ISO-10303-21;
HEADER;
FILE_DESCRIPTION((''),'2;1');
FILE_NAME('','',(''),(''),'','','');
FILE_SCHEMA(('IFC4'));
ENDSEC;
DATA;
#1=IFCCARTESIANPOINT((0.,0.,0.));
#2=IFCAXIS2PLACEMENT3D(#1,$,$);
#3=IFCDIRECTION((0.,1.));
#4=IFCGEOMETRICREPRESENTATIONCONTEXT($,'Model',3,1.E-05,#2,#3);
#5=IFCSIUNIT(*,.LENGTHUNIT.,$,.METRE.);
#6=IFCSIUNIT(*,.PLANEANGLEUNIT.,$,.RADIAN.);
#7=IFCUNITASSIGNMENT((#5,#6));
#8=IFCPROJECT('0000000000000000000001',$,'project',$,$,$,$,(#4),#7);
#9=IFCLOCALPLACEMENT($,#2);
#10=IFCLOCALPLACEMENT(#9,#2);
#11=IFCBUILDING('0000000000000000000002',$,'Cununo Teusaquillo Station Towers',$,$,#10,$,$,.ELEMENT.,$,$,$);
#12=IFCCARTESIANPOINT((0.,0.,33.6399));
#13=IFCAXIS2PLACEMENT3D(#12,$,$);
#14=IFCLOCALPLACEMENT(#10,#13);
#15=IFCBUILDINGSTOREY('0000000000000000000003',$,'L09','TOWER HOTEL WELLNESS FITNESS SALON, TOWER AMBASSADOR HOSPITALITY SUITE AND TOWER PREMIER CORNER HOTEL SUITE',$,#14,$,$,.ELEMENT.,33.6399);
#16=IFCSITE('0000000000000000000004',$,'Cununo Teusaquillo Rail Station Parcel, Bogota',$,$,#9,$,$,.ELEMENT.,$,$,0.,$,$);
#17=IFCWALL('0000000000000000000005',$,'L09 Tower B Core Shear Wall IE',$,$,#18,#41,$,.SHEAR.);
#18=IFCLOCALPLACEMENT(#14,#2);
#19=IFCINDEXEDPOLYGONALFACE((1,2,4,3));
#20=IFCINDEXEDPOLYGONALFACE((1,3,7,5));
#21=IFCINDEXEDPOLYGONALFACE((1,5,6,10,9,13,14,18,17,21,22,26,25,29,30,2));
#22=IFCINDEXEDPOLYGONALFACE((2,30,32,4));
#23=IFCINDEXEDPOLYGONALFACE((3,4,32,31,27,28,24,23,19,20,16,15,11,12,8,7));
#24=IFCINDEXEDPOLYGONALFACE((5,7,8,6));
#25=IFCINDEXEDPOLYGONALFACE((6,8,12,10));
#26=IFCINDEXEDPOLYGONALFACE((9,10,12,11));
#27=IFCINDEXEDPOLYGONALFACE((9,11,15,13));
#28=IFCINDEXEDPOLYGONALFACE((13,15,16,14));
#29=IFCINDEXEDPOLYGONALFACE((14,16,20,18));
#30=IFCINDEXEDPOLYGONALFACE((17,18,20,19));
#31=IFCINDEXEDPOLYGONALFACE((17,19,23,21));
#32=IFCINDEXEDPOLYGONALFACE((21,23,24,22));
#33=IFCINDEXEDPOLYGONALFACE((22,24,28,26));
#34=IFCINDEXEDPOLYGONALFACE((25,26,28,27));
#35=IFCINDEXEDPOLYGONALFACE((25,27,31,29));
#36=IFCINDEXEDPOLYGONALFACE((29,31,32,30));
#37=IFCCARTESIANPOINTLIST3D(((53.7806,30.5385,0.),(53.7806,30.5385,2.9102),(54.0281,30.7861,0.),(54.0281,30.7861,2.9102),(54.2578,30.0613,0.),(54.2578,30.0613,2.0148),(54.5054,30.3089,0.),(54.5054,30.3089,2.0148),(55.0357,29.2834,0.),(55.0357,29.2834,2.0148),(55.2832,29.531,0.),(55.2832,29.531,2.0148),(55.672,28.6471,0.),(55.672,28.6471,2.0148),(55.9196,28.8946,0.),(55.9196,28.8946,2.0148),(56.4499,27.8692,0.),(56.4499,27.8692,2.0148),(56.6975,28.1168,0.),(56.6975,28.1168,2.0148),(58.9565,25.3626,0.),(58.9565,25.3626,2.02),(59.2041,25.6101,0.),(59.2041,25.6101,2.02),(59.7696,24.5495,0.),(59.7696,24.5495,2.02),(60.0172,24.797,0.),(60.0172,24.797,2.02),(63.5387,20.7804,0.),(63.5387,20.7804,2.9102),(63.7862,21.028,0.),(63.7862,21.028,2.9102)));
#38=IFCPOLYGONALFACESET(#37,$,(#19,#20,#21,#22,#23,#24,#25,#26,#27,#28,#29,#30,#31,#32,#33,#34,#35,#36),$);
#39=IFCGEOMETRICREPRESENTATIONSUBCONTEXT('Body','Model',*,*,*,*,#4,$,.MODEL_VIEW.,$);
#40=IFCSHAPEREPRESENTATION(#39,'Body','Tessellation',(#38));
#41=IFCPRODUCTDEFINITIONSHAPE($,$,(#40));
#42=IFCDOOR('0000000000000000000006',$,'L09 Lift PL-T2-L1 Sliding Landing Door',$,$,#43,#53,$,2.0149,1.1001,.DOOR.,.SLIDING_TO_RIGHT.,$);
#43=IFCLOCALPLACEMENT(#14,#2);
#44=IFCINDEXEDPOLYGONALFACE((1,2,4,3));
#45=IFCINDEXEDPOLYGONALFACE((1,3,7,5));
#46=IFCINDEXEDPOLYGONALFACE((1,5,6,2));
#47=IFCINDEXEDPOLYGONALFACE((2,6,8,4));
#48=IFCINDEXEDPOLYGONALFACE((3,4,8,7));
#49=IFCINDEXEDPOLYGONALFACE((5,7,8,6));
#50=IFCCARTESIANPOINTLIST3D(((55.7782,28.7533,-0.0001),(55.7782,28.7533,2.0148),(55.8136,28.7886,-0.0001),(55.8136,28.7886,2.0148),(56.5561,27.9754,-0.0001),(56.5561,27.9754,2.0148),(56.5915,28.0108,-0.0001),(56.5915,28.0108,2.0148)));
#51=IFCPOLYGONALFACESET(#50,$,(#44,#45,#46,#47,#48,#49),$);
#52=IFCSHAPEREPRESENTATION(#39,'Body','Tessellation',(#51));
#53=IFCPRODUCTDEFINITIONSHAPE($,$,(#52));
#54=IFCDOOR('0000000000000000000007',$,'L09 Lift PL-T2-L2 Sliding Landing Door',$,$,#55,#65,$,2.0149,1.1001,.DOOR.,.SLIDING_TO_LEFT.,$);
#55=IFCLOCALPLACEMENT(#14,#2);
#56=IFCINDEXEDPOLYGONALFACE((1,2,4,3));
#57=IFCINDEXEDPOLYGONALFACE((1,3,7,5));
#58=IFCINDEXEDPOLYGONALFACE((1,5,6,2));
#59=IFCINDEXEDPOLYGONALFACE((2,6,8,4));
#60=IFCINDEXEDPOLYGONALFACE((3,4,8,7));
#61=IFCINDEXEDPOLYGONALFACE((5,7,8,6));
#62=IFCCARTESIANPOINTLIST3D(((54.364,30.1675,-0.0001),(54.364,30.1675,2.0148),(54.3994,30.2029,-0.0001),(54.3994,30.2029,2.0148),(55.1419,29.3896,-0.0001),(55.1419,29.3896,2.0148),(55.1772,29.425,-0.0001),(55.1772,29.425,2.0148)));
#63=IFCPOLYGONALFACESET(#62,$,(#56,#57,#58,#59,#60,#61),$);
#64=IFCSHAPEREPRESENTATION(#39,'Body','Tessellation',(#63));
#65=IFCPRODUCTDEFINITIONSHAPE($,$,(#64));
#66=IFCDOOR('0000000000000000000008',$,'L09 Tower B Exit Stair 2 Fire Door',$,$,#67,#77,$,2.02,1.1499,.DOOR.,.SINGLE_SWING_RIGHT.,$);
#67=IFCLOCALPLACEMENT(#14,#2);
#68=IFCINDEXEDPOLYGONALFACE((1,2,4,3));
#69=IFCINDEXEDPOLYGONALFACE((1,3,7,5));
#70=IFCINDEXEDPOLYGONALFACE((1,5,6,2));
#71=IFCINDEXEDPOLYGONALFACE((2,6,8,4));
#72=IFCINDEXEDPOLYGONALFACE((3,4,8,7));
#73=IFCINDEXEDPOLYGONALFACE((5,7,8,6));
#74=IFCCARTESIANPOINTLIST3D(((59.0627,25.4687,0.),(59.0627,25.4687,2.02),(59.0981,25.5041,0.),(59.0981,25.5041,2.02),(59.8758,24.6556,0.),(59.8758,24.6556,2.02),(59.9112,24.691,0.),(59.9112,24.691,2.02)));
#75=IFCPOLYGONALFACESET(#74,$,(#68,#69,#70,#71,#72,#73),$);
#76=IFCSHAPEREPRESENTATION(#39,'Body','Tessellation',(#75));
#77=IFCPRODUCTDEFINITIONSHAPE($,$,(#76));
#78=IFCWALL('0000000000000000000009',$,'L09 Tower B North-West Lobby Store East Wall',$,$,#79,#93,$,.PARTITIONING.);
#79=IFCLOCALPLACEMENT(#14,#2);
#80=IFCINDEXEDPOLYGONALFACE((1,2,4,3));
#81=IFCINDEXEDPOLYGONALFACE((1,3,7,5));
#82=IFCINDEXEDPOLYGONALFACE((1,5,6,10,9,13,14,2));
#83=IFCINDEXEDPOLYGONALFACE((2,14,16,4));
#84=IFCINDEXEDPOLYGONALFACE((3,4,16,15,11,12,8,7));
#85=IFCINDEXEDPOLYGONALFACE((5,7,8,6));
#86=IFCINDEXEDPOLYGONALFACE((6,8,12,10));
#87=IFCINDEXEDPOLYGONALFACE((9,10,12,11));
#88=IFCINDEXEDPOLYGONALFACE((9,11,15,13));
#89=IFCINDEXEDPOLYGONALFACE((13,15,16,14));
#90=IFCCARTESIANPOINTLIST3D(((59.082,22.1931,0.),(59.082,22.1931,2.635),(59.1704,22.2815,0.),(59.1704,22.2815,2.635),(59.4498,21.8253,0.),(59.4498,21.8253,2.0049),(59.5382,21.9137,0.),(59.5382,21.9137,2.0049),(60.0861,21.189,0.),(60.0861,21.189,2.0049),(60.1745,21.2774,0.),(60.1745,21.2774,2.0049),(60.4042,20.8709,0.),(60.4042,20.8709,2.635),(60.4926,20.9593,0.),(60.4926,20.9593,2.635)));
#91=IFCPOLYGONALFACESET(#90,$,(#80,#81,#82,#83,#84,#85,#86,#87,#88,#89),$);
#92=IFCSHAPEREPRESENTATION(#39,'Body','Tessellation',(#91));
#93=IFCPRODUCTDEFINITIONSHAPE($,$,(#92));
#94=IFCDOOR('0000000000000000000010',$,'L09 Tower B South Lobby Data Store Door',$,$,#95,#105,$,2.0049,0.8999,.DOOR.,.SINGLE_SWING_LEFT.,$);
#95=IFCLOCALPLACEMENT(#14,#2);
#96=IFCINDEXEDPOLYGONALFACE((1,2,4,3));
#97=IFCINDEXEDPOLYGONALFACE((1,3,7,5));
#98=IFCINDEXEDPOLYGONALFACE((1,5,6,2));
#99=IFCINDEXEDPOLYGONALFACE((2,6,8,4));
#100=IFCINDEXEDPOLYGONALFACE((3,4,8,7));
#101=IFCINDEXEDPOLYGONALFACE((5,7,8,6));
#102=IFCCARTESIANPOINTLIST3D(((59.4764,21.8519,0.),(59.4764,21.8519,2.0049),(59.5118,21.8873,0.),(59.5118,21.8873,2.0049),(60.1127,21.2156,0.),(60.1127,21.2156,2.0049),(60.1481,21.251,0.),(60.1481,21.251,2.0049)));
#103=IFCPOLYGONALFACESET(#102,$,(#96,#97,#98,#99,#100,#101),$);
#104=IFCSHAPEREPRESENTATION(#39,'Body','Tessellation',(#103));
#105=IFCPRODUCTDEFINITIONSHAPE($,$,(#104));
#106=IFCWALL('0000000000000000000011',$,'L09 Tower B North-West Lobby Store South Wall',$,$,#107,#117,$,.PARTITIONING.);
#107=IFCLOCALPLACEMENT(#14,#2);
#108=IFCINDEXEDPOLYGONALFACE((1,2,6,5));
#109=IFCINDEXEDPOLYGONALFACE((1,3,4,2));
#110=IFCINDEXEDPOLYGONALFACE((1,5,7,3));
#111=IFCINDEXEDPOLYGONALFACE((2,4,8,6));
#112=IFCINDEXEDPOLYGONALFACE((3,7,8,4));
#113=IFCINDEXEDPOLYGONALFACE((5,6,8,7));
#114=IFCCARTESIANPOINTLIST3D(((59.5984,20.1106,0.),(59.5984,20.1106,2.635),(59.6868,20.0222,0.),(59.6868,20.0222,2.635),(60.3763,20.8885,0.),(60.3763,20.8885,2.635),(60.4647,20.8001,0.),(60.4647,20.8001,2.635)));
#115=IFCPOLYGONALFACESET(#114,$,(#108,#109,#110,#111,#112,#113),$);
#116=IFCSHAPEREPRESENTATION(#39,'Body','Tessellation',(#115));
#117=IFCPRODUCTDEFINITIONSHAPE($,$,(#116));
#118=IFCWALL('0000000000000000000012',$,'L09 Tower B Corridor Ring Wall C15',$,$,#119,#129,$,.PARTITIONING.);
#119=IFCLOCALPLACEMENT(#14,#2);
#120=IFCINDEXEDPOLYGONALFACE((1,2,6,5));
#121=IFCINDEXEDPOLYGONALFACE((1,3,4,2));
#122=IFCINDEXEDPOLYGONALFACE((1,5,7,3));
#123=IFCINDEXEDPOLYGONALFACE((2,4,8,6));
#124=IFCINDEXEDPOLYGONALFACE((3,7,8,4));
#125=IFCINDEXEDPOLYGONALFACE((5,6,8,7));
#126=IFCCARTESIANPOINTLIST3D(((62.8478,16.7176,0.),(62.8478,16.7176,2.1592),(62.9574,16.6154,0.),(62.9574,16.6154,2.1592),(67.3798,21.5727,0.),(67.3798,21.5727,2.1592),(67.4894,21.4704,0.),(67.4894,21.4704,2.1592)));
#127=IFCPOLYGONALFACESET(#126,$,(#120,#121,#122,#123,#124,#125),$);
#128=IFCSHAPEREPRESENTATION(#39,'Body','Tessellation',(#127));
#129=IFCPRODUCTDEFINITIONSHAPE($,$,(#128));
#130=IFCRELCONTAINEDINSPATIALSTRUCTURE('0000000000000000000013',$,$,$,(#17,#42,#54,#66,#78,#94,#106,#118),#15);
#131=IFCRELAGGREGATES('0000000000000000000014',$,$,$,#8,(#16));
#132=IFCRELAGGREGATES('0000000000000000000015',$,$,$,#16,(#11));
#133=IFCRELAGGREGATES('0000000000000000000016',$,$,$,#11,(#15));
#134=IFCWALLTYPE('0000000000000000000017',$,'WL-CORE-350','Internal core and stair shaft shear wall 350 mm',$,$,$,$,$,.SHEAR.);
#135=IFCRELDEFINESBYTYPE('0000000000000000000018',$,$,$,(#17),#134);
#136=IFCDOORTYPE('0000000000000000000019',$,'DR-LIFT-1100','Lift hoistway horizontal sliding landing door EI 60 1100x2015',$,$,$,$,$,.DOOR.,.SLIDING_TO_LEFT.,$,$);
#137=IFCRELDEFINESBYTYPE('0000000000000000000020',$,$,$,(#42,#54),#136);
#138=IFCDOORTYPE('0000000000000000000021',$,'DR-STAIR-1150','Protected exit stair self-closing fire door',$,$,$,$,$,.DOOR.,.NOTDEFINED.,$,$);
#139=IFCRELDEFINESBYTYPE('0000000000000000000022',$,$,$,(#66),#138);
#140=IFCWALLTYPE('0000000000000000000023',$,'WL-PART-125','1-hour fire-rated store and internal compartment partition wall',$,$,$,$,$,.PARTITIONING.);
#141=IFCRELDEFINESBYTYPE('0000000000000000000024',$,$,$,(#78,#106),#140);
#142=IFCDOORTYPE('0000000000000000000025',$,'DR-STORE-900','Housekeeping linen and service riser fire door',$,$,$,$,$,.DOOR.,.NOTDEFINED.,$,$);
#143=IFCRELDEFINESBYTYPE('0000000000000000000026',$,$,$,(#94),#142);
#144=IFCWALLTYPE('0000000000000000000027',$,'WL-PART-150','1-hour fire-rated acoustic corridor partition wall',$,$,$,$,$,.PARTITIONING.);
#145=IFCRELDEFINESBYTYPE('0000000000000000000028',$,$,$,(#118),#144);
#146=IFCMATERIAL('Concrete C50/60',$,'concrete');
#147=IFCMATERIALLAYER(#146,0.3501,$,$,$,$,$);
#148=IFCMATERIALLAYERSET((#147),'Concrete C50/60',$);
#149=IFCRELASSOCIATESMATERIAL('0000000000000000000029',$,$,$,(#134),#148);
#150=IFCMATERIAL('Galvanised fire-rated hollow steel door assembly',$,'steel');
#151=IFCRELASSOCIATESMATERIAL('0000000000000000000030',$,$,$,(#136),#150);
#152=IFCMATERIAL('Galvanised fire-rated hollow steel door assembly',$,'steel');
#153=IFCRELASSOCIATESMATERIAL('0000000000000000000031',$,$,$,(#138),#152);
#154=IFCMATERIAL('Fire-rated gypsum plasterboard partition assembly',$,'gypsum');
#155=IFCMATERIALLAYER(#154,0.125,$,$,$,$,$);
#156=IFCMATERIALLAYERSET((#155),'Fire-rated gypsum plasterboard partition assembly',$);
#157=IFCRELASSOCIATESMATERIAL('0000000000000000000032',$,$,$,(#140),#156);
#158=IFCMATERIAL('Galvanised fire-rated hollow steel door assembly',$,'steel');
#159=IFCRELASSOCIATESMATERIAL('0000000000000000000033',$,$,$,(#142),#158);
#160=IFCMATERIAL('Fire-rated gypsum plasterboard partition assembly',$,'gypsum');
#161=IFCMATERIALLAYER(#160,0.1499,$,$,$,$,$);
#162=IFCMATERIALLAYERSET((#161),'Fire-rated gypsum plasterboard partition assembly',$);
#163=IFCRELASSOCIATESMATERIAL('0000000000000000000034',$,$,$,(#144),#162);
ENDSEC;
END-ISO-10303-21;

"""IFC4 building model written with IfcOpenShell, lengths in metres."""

from ifc_helpers import new_model, si_unit, direction, frame, frame_2d, origin, place, context, subcontext, project, spatial, rectangle, extrude, source, transform, mapped, material, layer, layer_set, type_object, element, fill, save


model = new_model("IFC4")

# Units and contexts
model_context = context("Model", 3, precision=1e-05, world=origin(), true_north=direction((0.0, 1.0)))
body_context = subcontext(model_context, "Body", "Model", "MODEL_VIEW")
ifc_project = project(units=[si_unit("LENGTHUNIT", "METRE"), si_unit("PLANEANGLEUNIT", "RADIAN")], contexts=[model_context])

# Site, building, storey
site_placement = place(None, origin())
site = spatial("IfcSite", under=ifc_project, at=site_placement, Name="Cununo Teusaquillo Rail Station Parcel, Bogota", CompositionType="ELEMENT", RefElevation=0.0)
building_placement = place(site_placement, origin())
building = spatial("IfcBuilding", under=site, at=building_placement, Name="Cununo Teusaquillo Station Towers", CompositionType="ELEMENT")
storey_placement = place(building_placement, frame((0.0, 0.0, 33.6399)))
storey = spatial("IfcBuildingStorey", under=building, at=storey_placement, Name="L09", Description="TOWER HOTEL WELLNESS FITNESS SALON, TOWER AMBASSADOR HOSPITALITY SUITE AND TOWER PREMIER CORNER HOTEL SUITE", CompositionType="ELEMENT", Elevation=33.6399)

# Wall, openings, doors
ifc_material_1 = material(Name="Concrete C50/60", Category="concrete")
ifc_layer_1 = layer(ifc_material_1, 0.3501)
ifc_layer_set_1 = layer_set([ifc_layer_1], Name="Concrete C50/60")
wall_type_1 = type_object("IfcWallType", Name="WL-CORE-350", Description="Internal core and stair shaft shear wall 350 mm", PredefinedType="SHEAR", material=ifc_layer_set_1)
shared_shape_1 = source(origin(), body_context, "Body", "SweptSolid", [
    extrude(rectangle(XDim=1.1001, YDim=2.0149, at=frame_2d((0.55, 1.0073))), frame((0.0, 0.1851, 0.0), z_axis=(0.0, -1.0, 0.0), x_axis=(1.0, 0.0, 0.0)), (0.0, 0.0, 1.0), 0.3701),
])
shared_shape_2 = source(origin(), body_context, "Body", "SweptSolid", [
    extrude(rectangle(XDim=1.1499, YDim=2.02, at=frame_2d((0.575, 1.01))), frame((0.0, 0.1851, 0.0), z_axis=(0.0, -1.0, 0.0), x_axis=(1.0, 0.0, 0.0)), (0.0, 0.0, 1.0), 0.3701),
])
ifc_material_2 = material(Name="Galvanised fire-rated hollow steel door assembly", Category="steel")
door_type_1 = type_object("IfcDoorType", Name="DR-LIFT-1100", Description="Lift hoistway horizontal sliding landing door EI 60 1100x2015", OperationType="SLIDING_TO_LEFT", PredefinedType="DOOR", material=ifc_material_2)
shared_shape_3 = source(origin(), body_context, "Body", "SweptSolid", [
    extrude(rectangle(XDim=1.1001, YDim=2.0149, at=frame_2d((0.55, 1.0073))), frame((0.0, 0.0249, 0.0), z_axis=(0.0, -1.0, 0.0), x_axis=(1.0, 0.0, 0.0)), (0.0, 0.0, 1.0), 0.05),
])
ifc_material_3 = material(Name="Galvanised fire-rated hollow steel door assembly", Category="steel")
door_type_2 = type_object("IfcDoorType", Name="DR-STAIR-1150", Description="Protected exit stair self-closing fire door", OperationType="NOTDEFINED", PredefinedType="DOOR", material=ifc_material_3)
shared_shape_4 = source(origin(), body_context, "Body", "SweptSolid", [
    extrude(rectangle(XDim=1.1499, YDim=2.02, at=frame_2d((0.575, 1.01))), frame((0.0, 0.0249, 0.0), z_axis=(0.0, -1.0, 0.0), x_axis=(1.0, 0.0, 0.0)), (0.0, 0.0, 1.0), 0.05),
])
wall_1_placement = place(storey_placement, frame((63.6624, 20.9043, 0.0), z_axis=(0.0, 0.0, 1.0), x_axis=(-0.707107, 0.707107, 0.0)))
wall_1 = element("IfcWall", 1, at=wall_1_placement, inside=storey, type_object=wall_type_1, Name="L09 Tower B Core Shear Wall IE", PredefinedType="SHEAR", context=body_context, shape_type="SweptSolid", body=[
    extrude(rectangle(XDim=13.8, YDim=0.3501, at=frame_2d((6.8999, 0.0))), origin(), (0.0, 0.0, 1.0), 2.9102),
])
opening_1_placement = place(wall_1_placement, frame((10.0249, 0.0, 0.0)))
opening_1 = element("IfcOpeningElement", 2, at=opening_1_placement, cuts=wall_1, PredefinedType="OPENING", context=body_context, shape_type="MappedRepresentation", body=[
    mapped(shared_shape_1, transform((0.0, 0.0, 0.0), x_axis=(1.0, 0.0, 0.0), y_axis=(0.0, 1.0, 0.0), z_axis=(0.0, 0.0, 1.0), scale=1.0)),
])
opening_2_placement = place(wall_1_placement, frame((12.0249, 0.0, 0.0)))
opening_2 = element("IfcOpeningElement", 3, at=opening_2_placement, cuts=wall_1, PredefinedType="OPENING", context=body_context, shape_type="MappedRepresentation", body=[
    mapped(shared_shape_1, transform((0.0, 0.0, 0.0), x_axis=(1.0, 0.0, 0.0), y_axis=(0.0, 1.0, 0.0), z_axis=(0.0, 0.0, 1.0), scale=1.0)),
])
opening_3_placement = place(wall_1_placement, frame((5.3301, 0.0, 0.0)))
opening_3 = element("IfcOpeningElement", 4, at=opening_3_placement, cuts=wall_1, PredefinedType="OPENING", context=body_context, shape_type="MappedRepresentation", body=[
    mapped(shared_shape_2, transform((0.0, 0.0, 0.0), x_axis=(1.0, 0.0, 0.0), y_axis=(0.0, 1.0, 0.0), z_axis=(0.0, 0.0, 1.0), scale=1.0)),
])
door_1_placement = place(opening_1_placement, origin())
door_1 = element("IfcDoor", 5, at=door_1_placement, inside=storey, type_object=door_type_1, Name="L09 Lift PL-T2-L1 Sliding Landing Door", OperationType="SLIDING_TO_RIGHT", OverallHeight=2.0149, OverallWidth=1.1001, PredefinedType="DOOR", context=body_context, shape_type="MappedRepresentation", body=[
    mapped(shared_shape_3, transform((0.0, 0.0, 0.0), x_axis=(1.0, 0.0, 0.0), y_axis=(0.0, 1.0, 0.0), z_axis=(0.0, 0.0, 1.0), scale=1.0)),
])
fill(opening_1, door_1)
door_2_placement = place(opening_2_placement, origin())
door_2 = element("IfcDoor", 6, at=door_2_placement, inside=storey, type_object=door_type_1, Name="L09 Lift PL-T2-L2 Sliding Landing Door", OperationType="SLIDING_TO_LEFT", OverallHeight=2.0149, OverallWidth=1.1001, PredefinedType="DOOR", context=body_context, shape_type="MappedRepresentation", body=[
    mapped(shared_shape_3, transform((0.0, 0.0, 0.0), x_axis=(1.0, 0.0, 0.0), y_axis=(0.0, 1.0, 0.0), z_axis=(0.0, 0.0, 1.0), scale=1.0)),
])
fill(opening_2, door_2)
door_3_placement = place(opening_3_placement, origin())
door_3 = element("IfcDoor", 7, at=door_3_placement, inside=storey, type_object=door_type_2, Name="L09 Tower B Exit Stair 2 Fire Door", OperationType="SINGLE_SWING_RIGHT", OverallHeight=2.02, OverallWidth=1.1499, PredefinedType="DOOR", context=body_context, shape_type="MappedRepresentation", body=[
    mapped(shared_shape_4, transform((0.0, 0.0, 0.0), x_axis=(1.0, 0.0, 0.0), y_axis=(0.0, 1.0, 0.0), z_axis=(0.0, 0.0, 1.0), scale=1.0)),
])
fill(opening_3, door_3)

# Wall, opening, door
ifc_material_4 = material(Name="Fire-rated gypsum plasterboard partition assembly", Category="gypsum")
ifc_layer_2 = layer(ifc_material_4, 0.125)
ifc_layer_set_2 = layer_set([ifc_layer_2], Name="Fire-rated gypsum plasterboard partition assembly")
wall_type_2 = type_object("IfcWallType", Name="WL-PART-125", Description="1-hour fire-rated store and internal compartment partition wall", PredefinedType="PARTITIONING", material=ifc_layer_set_2)
wall_2_placement = place(storey_placement, frame((60.4485, 20.915, 0.0), z_axis=(0.0, 0.0, 1.0), x_axis=(-0.707107, 0.707107, 0.0)))
wall_2 = element("IfcWall", 8, at=wall_2_placement, inside=storey, type_object=wall_type_2, Name="L09 Tower B North-West Lobby Store East Wall", PredefinedType="PARTITIONING", context=body_context, shape_type="SweptSolid", body=[
    extrude(rectangle(XDim=1.8699, YDim=0.125, at=frame_2d((0.9351, 0.0))), origin(), (0.0, 0.0, 1.0), 2.635),
])
shared_shape_5 = source(origin(), body_context, "Body", "SweptSolid", [
    extrude(rectangle(XDim=0.8999, YDim=2.0049, at=frame_2d((0.45, 1.0024))), frame((0.0, 0.0725, 0.0), z_axis=(0.0, -1.0, 0.0), x_axis=(1.0, 0.0, 0.0)), (0.0, 0.0, 1.0), 0.145),
])
opening_4_placement = place(wall_2_placement, frame((0.45, 0.0, 0.0)))
opening_4 = element("IfcOpeningElement", 9, at=opening_4_placement, cuts=wall_2, PredefinedType="OPENING", context=body_context, shape_type="MappedRepresentation", body=[
    mapped(shared_shape_5, transform((0.0, 0.0, 0.0), x_axis=(1.0, 0.0, 0.0), y_axis=(0.0, 1.0, 0.0), z_axis=(0.0, 0.0, 1.0), scale=1.0)),
])
ifc_material_5 = material(Name="Galvanised fire-rated hollow steel door assembly", Category="steel")
door_type_3 = type_object("IfcDoorType", Name="DR-STORE-900", Description="Housekeeping linen and service riser fire door", OperationType="NOTDEFINED", PredefinedType="DOOR", material=ifc_material_5)
shared_shape_6 = source(origin(), body_context, "Body", "SweptSolid", [
    extrude(rectangle(XDim=0.8999, YDim=2.0049, at=frame_2d((0.45, 1.0024))), frame((0.0, 0.0249, 0.0), z_axis=(0.0, -1.0, 0.0), x_axis=(1.0, 0.0, 0.0)), (0.0, 0.0, 1.0), 0.05),
])
door_4_placement = place(opening_4_placement, origin())
door_4 = element("IfcDoor", 10, at=door_4_placement, inside=storey, type_object=door_type_3, Name="L09 Tower B South Lobby Data Store Door", OperationType="SINGLE_SWING_LEFT", OverallHeight=2.0049, OverallWidth=0.8999, PredefinedType="DOOR", context=body_context, shape_type="MappedRepresentation", body=[
    mapped(shared_shape_6, transform((0.0, 0.0, 0.0), x_axis=(1.0, 0.0, 0.0), y_axis=(0.0, 1.0, 0.0), z_axis=(0.0, 0.0, 1.0), scale=1.0)),
])
fill(opening_4, door_4)

# Walls
wall_3_placement = place(storey_placement, frame((59.6426, 20.0664, 0.0), z_axis=(0.0, 0.0, 1.0), x_axis=(0.707107, 0.707107, 0.0)))
element("IfcWall", 11, at=wall_3_placement, inside=storey, type_object=wall_type_2, Name="L09 Tower B North-West Lobby Store South Wall", PredefinedType="PARTITIONING", context=body_context, shape_type="SweptSolid", body=[
    extrude(rectangle(XDim=1.1001, YDim=0.125, at=frame_2d((0.55, 0.0))), origin(), (0.0, 0.0, 1.0), 2.635),
])
ifc_material_6 = material(Name="Fire-rated gypsum plasterboard partition assembly", Category="gypsum")
ifc_layer_3 = layer(ifc_material_6, 0.1499)
ifc_layer_set_3 = layer_set([ifc_layer_3], Name="Fire-rated gypsum plasterboard partition assembly")
wall_type_3 = type_object("IfcWallType", Name="WL-PART-150", Description="1-hour fire-rated acoustic corridor partition wall", PredefinedType="PARTITIONING", material=ifc_layer_set_3)
wall_4_placement = place(storey_placement, frame((62.9026, 16.6665, 0.0), z_axis=(0.0, 0.0, 1.0), x_axis=(0.682372, 0.731005, 0.0)))
element("IfcWall", 12, at=wall_4_placement, inside=storey, type_object=wall_type_3, Name="L09 Tower B Corridor Ring Wall C15", PredefinedType="PARTITIONING", context=body_context, shape_type="SweptSolid", body=[
    extrude(rectangle(XDim=6.6416, YDim=0.1499, at=frame_2d((3.3208, 0.0))), origin(), (0.0, 0.0, 1.0), 2.1592),
])

save(model, "model.ifc")
